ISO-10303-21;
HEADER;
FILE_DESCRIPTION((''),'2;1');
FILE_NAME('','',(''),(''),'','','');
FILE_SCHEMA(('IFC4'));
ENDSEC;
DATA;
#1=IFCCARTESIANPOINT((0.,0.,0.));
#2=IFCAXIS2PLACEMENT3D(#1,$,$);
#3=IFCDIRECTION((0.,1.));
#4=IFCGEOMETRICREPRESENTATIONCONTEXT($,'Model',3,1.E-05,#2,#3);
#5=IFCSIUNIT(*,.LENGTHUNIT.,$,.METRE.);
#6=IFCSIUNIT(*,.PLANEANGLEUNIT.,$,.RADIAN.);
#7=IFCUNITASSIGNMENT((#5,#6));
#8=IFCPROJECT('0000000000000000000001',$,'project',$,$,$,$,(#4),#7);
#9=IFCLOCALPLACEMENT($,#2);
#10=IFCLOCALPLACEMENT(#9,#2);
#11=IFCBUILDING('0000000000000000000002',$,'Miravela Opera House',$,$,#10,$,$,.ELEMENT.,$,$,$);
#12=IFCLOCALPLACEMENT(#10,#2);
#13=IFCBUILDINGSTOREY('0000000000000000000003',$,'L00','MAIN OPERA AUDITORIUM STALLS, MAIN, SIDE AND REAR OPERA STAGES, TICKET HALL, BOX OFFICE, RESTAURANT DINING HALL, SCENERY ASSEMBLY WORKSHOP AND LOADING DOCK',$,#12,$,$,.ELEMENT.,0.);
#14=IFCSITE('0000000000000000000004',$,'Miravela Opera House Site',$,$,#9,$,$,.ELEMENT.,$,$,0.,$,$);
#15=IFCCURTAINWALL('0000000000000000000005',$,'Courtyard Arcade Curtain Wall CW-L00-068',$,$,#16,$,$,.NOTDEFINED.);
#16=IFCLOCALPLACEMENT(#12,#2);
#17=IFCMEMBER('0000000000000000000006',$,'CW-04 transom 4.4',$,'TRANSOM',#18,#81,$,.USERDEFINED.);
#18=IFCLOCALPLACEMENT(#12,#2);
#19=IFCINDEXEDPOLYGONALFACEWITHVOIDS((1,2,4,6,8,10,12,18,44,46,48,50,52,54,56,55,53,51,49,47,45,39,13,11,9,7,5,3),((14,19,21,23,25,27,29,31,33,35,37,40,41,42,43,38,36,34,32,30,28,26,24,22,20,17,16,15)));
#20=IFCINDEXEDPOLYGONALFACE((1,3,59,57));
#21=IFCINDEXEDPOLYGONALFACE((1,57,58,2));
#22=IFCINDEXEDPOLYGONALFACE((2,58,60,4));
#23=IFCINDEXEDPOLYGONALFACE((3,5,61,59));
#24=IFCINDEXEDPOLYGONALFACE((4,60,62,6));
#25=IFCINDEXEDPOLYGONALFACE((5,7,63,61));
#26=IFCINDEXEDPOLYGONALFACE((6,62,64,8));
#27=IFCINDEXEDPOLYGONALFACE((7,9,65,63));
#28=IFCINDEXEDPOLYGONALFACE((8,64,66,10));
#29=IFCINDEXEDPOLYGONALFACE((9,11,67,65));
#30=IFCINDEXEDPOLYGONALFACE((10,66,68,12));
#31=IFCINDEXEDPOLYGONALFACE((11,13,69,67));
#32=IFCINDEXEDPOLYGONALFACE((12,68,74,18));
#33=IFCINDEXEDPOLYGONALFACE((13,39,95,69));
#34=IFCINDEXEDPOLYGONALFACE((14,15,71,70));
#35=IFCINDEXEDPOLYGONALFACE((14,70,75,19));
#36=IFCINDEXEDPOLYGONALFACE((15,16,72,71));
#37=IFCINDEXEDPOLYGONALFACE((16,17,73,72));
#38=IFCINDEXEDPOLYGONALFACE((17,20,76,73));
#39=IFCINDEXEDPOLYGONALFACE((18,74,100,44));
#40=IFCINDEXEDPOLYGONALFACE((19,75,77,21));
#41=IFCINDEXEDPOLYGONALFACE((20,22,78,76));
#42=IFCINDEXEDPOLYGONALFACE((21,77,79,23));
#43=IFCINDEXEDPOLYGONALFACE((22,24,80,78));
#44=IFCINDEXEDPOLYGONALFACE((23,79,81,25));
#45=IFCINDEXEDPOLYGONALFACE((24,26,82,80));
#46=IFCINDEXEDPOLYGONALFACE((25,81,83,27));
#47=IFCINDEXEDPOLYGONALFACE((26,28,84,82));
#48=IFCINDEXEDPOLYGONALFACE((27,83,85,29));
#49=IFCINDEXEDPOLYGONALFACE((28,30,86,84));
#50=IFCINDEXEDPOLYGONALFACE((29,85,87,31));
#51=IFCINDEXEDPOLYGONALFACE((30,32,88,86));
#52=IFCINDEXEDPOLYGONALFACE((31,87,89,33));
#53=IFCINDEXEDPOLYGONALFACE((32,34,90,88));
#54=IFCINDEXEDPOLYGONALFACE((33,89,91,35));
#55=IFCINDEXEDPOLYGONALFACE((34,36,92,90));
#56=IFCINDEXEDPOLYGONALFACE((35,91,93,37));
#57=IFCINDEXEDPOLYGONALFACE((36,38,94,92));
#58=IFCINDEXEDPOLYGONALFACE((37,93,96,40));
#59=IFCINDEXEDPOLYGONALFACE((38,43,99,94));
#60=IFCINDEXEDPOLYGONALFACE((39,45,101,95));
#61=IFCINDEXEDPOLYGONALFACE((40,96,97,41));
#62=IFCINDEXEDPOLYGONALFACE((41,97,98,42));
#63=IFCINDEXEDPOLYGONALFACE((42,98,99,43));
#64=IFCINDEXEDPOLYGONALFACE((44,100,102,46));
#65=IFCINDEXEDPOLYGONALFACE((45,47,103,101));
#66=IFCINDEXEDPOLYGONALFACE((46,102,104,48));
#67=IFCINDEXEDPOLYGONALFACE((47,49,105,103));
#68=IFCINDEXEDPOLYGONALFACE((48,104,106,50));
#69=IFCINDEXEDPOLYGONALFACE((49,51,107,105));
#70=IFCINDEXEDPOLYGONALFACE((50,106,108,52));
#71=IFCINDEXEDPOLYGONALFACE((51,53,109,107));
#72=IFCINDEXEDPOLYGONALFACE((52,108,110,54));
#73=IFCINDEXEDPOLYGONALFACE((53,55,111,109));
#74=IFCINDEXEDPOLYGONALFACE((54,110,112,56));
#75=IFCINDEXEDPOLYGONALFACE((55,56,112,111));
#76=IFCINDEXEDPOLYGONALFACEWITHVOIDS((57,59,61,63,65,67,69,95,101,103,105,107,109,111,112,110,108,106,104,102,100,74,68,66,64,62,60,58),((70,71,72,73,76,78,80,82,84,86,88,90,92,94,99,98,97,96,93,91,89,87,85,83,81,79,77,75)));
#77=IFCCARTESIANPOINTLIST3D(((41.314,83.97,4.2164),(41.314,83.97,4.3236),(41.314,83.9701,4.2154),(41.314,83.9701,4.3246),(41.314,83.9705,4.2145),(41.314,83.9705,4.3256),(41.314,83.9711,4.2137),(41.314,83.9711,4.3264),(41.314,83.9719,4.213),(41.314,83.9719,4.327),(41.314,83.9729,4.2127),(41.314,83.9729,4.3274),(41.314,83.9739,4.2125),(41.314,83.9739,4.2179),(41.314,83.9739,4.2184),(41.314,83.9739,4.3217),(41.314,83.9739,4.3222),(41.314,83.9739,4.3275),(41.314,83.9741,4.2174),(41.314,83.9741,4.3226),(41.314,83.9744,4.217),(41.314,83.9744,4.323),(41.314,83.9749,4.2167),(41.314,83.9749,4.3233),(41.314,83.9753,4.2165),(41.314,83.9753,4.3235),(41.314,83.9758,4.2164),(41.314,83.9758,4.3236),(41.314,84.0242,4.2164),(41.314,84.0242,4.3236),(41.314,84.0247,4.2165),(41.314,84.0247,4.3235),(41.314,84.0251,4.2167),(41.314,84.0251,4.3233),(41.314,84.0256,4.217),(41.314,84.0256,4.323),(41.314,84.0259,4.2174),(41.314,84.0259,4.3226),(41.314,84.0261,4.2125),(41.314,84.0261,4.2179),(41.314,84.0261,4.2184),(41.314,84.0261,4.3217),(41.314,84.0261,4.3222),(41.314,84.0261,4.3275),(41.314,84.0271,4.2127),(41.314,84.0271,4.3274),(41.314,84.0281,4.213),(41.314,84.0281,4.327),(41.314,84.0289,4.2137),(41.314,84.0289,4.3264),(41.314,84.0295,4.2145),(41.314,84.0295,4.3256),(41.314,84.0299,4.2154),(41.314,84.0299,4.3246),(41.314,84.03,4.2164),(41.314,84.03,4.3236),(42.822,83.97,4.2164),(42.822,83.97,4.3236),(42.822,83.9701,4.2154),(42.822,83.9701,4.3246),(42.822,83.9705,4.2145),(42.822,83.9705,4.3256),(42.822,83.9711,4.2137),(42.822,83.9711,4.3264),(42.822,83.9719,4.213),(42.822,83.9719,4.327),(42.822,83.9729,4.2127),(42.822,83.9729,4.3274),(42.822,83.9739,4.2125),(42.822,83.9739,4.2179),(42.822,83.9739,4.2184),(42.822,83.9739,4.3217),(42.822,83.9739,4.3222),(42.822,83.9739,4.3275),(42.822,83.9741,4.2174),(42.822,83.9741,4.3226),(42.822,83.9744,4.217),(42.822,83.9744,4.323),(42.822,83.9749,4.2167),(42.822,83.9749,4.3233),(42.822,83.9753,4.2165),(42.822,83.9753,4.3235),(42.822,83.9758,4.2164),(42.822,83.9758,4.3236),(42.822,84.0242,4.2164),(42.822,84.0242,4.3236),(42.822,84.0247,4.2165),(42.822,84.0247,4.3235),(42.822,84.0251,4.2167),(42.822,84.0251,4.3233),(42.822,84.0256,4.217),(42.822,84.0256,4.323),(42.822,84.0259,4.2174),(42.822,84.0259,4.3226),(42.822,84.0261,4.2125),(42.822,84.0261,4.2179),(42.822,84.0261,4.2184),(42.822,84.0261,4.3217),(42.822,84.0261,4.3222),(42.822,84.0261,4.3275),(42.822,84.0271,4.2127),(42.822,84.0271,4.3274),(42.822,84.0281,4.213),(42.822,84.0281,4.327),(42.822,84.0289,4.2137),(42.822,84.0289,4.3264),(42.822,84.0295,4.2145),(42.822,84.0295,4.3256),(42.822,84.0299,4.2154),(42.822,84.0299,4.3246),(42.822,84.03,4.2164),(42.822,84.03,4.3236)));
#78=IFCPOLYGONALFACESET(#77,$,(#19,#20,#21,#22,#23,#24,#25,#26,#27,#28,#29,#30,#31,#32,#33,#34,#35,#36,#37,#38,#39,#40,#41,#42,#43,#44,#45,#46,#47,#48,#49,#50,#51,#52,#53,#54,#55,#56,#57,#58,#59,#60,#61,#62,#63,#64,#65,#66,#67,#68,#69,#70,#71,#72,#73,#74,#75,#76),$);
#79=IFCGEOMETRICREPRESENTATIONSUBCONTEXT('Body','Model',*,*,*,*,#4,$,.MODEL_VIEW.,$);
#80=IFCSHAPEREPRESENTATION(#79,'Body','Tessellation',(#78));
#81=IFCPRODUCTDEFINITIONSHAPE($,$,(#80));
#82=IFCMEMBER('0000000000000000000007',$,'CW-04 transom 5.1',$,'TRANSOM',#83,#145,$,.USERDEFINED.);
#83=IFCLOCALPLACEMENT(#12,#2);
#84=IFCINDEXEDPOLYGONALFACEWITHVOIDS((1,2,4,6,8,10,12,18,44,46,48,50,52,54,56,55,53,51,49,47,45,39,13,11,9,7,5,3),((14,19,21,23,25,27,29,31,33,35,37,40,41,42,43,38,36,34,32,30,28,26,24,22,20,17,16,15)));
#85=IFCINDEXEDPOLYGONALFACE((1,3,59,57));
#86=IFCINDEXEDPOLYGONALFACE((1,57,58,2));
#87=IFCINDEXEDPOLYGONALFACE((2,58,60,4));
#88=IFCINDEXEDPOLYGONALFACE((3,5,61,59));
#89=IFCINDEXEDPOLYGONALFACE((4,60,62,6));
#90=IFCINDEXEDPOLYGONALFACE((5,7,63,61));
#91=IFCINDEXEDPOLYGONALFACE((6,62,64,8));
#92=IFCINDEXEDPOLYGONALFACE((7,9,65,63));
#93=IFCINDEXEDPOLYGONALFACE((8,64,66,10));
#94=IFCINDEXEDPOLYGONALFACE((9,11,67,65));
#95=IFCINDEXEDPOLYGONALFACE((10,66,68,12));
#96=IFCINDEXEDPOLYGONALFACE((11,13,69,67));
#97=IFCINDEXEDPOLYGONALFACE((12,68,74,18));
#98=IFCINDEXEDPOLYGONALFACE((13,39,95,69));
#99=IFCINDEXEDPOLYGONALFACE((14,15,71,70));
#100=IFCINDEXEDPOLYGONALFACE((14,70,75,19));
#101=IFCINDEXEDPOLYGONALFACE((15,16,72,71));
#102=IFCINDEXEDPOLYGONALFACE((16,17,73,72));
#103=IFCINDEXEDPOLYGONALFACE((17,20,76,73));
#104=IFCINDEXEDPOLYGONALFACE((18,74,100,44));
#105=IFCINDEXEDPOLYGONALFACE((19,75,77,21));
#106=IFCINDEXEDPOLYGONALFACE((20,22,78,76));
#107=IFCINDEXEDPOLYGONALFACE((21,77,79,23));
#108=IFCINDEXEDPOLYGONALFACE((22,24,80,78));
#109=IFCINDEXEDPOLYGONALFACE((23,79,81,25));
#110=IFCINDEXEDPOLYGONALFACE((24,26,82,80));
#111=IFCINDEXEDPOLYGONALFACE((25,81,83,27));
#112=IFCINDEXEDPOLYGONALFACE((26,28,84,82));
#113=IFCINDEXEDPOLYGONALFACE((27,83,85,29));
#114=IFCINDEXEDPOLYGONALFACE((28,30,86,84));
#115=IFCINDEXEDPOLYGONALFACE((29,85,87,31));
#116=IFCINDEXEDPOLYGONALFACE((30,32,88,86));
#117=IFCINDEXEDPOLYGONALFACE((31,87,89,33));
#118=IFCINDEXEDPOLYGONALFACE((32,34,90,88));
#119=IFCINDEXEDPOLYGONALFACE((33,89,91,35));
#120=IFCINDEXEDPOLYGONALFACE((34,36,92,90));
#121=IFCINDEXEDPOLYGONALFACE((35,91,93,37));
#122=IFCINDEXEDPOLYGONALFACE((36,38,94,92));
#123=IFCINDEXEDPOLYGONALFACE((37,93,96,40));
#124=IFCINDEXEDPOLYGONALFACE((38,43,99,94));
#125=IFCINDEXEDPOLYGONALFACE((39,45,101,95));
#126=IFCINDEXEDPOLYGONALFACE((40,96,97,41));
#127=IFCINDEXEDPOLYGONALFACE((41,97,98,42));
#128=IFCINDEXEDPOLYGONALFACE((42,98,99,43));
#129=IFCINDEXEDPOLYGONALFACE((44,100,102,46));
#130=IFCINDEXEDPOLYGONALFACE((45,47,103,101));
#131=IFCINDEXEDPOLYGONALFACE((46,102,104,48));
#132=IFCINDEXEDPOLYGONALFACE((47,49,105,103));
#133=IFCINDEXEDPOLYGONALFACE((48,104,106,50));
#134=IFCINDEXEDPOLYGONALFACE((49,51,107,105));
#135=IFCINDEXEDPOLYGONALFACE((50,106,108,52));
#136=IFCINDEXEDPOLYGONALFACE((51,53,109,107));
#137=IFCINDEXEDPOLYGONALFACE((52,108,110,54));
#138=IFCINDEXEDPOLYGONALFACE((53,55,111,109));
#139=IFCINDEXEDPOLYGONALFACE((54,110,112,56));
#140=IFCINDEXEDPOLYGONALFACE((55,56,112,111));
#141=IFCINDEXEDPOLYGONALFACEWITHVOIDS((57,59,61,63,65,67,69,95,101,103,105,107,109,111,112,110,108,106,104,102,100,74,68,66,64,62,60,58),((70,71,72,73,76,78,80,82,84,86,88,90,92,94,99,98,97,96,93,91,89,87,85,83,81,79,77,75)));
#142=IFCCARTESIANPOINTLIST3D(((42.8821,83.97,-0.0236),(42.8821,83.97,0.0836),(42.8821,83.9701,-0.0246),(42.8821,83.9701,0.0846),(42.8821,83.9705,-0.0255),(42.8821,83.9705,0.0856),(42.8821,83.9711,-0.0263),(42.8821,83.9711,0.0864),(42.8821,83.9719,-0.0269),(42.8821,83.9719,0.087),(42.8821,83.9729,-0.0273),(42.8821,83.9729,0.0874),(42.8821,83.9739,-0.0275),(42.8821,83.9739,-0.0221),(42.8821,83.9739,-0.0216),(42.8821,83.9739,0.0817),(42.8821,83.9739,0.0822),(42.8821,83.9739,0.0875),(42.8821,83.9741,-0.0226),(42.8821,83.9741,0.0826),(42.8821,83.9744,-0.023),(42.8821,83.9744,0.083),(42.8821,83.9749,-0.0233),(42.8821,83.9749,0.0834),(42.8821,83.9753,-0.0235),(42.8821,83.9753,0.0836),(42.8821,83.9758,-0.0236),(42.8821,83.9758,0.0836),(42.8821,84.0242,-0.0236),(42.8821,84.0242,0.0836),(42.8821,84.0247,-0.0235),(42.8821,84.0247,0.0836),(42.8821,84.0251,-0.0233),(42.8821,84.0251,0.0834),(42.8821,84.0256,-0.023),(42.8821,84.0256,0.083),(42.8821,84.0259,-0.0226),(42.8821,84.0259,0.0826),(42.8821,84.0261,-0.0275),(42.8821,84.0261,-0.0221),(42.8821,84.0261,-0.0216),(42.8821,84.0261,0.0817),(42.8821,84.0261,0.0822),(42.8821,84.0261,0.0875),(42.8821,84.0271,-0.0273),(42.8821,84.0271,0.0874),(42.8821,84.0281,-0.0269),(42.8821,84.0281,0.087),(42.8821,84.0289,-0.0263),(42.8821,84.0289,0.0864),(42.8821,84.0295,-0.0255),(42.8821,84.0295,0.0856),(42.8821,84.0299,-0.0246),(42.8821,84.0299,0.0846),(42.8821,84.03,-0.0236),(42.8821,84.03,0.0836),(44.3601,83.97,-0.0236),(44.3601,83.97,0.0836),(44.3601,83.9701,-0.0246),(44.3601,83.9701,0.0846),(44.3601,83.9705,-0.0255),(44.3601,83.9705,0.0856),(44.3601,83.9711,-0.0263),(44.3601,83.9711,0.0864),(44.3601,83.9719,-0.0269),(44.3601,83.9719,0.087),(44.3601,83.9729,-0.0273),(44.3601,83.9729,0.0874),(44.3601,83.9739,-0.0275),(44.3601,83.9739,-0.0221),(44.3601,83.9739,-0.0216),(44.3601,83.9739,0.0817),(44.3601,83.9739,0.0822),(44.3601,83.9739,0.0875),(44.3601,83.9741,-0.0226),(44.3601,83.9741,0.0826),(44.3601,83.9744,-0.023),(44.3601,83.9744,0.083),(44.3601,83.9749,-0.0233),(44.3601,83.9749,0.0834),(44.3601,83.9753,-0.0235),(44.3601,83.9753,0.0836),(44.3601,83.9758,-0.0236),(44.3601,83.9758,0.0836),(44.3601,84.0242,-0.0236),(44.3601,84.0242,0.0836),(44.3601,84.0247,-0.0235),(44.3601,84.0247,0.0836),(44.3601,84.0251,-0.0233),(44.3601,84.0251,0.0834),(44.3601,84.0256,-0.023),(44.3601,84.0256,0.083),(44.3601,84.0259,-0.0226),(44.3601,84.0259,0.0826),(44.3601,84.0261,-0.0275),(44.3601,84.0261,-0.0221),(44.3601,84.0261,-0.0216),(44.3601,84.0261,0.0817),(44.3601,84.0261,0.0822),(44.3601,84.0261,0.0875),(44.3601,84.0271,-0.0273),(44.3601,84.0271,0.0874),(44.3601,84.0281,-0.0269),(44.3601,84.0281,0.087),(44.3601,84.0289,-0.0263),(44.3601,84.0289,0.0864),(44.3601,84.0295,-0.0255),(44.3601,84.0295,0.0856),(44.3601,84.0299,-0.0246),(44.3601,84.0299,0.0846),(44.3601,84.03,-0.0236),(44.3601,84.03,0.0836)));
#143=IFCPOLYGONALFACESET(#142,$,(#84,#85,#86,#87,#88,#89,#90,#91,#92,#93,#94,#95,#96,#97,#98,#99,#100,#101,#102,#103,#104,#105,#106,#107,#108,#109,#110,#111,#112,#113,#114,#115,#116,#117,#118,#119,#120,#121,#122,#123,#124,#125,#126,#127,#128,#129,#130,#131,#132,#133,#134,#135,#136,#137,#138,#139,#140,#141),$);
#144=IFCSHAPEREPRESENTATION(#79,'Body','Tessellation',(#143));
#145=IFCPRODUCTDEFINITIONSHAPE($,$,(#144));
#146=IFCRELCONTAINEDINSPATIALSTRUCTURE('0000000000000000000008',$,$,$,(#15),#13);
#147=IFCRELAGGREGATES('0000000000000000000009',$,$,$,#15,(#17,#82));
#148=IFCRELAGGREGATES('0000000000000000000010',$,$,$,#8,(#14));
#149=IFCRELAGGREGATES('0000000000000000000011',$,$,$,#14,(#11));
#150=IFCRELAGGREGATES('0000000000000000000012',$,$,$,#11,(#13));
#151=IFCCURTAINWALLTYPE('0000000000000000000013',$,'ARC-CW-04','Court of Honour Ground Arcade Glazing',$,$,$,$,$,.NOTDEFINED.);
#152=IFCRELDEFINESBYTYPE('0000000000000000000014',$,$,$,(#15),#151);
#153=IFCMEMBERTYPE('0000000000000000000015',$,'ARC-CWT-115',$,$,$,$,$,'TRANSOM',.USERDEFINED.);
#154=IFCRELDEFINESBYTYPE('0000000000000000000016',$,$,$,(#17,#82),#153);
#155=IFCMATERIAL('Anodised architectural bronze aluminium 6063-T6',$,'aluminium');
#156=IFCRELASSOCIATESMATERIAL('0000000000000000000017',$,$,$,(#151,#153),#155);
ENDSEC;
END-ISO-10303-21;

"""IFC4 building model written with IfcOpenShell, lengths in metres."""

from ifc_helpers import new_model, si_unit, direction, frame, origin, origin_2d, place, context, subcontext, project, spatial, hollow_rectangle, extrude, material, material_profile, profile_set, type_object, element, aggregate, save


model = new_model("IFC4")

# Units and contexts
model_context = context("Model", 3, precision=1e-05, world=origin(), true_north=direction((0.0, 1.0)))
body_context = subcontext(model_context, "Body", "Model", "MODEL_VIEW")
ifc_project = project(units=[si_unit("LENGTHUNIT", "METRE"), si_unit("PLANEANGLEUNIT", "RADIAN")], contexts=[model_context])

# Site, building, storey
site_placement = place(None, origin())
site = spatial("IfcSite", under=ifc_project, at=site_placement, Name="Miravela Opera House Site", CompositionType="ELEMENT", RefElevation=0.0)
building_placement = place(site_placement, origin())
building = spatial("IfcBuilding", under=site, at=building_placement, Name="Miravela Opera House", CompositionType="ELEMENT")
storey_placement = place(building_placement, origin())
storey = spatial("IfcBuildingStorey", under=building, at=storey_placement, Name="L00", Description="MAIN OPERA AUDITORIUM STALLS, MAIN, SIDE AND REAR OPERA STAGES, TICKET HALL, BOX OFFICE, RESTAURANT DINING HALL, SCENERY ASSEMBLY WORKSHOP AND LOADING DOCK", CompositionType="ELEMENT", Elevation=0.0)

# Curtain wall, members
ifc_material_1 = material(Name="Anodised architectural bronze aluminium 6063-T6", Category="aluminium")
curtain_wall_type = type_object("IfcCurtainWallType", Name="ARC-CW-04", Description="Court of Honour Ground Arcade Glazing", PredefinedType="NOTDEFINED", material=ifc_material_1)
curtain_wall_placement = place(storey_placement, origin())
curtain_wall = element("IfcCurtainWall", 1, at=curtain_wall_placement, inside=storey, type_object=curtain_wall_type, Name="Courtyard Arcade Curtain Wall CW-L00-068", PredefinedType="NOTDEFINED")
ifc_material_profile_1 = material_profile(ifc_material_1, hollow_rectangle(XDim=0.0601, YDim=0.115, WallThickness=0.0039, InnerFilletRadius=0.002, OuterFilletRadius=0.0039, at=origin_2d()), Name="CWT-60X115")
ifc_profile_set_1 = profile_set([ifc_material_profile_1])
member_type_1 = type_object("IfcMemberType", Name="ARC-CWT-115", ElementType="TRANSOM", PredefinedType="USERDEFINED", material=ifc_profile_set_1)
member_1_placement = place(storey_placement, frame((41.314, 84.0, 4.27), z_axis=(1.0, 0.0, 0.0), x_axis=(0.0, 1.0, 0.0)))
member_1 = element("IfcMember", 2, at=member_1_placement, type_object=member_type_1, Name="CW-04 transom 4.4", ObjectType="TRANSOM", PredefinedType="USERDEFINED", context=body_context, shape_type="SweptSolid", body=[
    extrude(hollow_rectangle(XDim=0.0601, YDim=0.115, WallThickness=0.0039, InnerFilletRadius=0.002, OuterFilletRadius=0.0039, at=origin_2d()), origin(), (0.0, 0.0, 1.0), 1.5081),
])
member_2_placement = place(storey_placement, frame((42.8821, 84.0, 0.03), z_axis=(1.0, 0.0, 0.0), x_axis=(0.0, 1.0, 0.0)))
member_2 = element("IfcMember", 3, at=member_2_placement, type_object=member_type_1, Name="CW-04 transom 5.1", ObjectType="TRANSOM", PredefinedType="USERDEFINED", context=body_context, shape_type="SweptSolid", body=[
    extrude(hollow_rectangle(XDim=0.0601, YDim=0.115, WallThickness=0.0039, InnerFilletRadius=0.002, OuterFilletRadius=0.0039, at=origin_2d()), origin(), (0.0, 0.0, 1.0), 1.478),
])
aggregate(curtain_wall, [member_1, member_2])

save(model, "model.ifc")
